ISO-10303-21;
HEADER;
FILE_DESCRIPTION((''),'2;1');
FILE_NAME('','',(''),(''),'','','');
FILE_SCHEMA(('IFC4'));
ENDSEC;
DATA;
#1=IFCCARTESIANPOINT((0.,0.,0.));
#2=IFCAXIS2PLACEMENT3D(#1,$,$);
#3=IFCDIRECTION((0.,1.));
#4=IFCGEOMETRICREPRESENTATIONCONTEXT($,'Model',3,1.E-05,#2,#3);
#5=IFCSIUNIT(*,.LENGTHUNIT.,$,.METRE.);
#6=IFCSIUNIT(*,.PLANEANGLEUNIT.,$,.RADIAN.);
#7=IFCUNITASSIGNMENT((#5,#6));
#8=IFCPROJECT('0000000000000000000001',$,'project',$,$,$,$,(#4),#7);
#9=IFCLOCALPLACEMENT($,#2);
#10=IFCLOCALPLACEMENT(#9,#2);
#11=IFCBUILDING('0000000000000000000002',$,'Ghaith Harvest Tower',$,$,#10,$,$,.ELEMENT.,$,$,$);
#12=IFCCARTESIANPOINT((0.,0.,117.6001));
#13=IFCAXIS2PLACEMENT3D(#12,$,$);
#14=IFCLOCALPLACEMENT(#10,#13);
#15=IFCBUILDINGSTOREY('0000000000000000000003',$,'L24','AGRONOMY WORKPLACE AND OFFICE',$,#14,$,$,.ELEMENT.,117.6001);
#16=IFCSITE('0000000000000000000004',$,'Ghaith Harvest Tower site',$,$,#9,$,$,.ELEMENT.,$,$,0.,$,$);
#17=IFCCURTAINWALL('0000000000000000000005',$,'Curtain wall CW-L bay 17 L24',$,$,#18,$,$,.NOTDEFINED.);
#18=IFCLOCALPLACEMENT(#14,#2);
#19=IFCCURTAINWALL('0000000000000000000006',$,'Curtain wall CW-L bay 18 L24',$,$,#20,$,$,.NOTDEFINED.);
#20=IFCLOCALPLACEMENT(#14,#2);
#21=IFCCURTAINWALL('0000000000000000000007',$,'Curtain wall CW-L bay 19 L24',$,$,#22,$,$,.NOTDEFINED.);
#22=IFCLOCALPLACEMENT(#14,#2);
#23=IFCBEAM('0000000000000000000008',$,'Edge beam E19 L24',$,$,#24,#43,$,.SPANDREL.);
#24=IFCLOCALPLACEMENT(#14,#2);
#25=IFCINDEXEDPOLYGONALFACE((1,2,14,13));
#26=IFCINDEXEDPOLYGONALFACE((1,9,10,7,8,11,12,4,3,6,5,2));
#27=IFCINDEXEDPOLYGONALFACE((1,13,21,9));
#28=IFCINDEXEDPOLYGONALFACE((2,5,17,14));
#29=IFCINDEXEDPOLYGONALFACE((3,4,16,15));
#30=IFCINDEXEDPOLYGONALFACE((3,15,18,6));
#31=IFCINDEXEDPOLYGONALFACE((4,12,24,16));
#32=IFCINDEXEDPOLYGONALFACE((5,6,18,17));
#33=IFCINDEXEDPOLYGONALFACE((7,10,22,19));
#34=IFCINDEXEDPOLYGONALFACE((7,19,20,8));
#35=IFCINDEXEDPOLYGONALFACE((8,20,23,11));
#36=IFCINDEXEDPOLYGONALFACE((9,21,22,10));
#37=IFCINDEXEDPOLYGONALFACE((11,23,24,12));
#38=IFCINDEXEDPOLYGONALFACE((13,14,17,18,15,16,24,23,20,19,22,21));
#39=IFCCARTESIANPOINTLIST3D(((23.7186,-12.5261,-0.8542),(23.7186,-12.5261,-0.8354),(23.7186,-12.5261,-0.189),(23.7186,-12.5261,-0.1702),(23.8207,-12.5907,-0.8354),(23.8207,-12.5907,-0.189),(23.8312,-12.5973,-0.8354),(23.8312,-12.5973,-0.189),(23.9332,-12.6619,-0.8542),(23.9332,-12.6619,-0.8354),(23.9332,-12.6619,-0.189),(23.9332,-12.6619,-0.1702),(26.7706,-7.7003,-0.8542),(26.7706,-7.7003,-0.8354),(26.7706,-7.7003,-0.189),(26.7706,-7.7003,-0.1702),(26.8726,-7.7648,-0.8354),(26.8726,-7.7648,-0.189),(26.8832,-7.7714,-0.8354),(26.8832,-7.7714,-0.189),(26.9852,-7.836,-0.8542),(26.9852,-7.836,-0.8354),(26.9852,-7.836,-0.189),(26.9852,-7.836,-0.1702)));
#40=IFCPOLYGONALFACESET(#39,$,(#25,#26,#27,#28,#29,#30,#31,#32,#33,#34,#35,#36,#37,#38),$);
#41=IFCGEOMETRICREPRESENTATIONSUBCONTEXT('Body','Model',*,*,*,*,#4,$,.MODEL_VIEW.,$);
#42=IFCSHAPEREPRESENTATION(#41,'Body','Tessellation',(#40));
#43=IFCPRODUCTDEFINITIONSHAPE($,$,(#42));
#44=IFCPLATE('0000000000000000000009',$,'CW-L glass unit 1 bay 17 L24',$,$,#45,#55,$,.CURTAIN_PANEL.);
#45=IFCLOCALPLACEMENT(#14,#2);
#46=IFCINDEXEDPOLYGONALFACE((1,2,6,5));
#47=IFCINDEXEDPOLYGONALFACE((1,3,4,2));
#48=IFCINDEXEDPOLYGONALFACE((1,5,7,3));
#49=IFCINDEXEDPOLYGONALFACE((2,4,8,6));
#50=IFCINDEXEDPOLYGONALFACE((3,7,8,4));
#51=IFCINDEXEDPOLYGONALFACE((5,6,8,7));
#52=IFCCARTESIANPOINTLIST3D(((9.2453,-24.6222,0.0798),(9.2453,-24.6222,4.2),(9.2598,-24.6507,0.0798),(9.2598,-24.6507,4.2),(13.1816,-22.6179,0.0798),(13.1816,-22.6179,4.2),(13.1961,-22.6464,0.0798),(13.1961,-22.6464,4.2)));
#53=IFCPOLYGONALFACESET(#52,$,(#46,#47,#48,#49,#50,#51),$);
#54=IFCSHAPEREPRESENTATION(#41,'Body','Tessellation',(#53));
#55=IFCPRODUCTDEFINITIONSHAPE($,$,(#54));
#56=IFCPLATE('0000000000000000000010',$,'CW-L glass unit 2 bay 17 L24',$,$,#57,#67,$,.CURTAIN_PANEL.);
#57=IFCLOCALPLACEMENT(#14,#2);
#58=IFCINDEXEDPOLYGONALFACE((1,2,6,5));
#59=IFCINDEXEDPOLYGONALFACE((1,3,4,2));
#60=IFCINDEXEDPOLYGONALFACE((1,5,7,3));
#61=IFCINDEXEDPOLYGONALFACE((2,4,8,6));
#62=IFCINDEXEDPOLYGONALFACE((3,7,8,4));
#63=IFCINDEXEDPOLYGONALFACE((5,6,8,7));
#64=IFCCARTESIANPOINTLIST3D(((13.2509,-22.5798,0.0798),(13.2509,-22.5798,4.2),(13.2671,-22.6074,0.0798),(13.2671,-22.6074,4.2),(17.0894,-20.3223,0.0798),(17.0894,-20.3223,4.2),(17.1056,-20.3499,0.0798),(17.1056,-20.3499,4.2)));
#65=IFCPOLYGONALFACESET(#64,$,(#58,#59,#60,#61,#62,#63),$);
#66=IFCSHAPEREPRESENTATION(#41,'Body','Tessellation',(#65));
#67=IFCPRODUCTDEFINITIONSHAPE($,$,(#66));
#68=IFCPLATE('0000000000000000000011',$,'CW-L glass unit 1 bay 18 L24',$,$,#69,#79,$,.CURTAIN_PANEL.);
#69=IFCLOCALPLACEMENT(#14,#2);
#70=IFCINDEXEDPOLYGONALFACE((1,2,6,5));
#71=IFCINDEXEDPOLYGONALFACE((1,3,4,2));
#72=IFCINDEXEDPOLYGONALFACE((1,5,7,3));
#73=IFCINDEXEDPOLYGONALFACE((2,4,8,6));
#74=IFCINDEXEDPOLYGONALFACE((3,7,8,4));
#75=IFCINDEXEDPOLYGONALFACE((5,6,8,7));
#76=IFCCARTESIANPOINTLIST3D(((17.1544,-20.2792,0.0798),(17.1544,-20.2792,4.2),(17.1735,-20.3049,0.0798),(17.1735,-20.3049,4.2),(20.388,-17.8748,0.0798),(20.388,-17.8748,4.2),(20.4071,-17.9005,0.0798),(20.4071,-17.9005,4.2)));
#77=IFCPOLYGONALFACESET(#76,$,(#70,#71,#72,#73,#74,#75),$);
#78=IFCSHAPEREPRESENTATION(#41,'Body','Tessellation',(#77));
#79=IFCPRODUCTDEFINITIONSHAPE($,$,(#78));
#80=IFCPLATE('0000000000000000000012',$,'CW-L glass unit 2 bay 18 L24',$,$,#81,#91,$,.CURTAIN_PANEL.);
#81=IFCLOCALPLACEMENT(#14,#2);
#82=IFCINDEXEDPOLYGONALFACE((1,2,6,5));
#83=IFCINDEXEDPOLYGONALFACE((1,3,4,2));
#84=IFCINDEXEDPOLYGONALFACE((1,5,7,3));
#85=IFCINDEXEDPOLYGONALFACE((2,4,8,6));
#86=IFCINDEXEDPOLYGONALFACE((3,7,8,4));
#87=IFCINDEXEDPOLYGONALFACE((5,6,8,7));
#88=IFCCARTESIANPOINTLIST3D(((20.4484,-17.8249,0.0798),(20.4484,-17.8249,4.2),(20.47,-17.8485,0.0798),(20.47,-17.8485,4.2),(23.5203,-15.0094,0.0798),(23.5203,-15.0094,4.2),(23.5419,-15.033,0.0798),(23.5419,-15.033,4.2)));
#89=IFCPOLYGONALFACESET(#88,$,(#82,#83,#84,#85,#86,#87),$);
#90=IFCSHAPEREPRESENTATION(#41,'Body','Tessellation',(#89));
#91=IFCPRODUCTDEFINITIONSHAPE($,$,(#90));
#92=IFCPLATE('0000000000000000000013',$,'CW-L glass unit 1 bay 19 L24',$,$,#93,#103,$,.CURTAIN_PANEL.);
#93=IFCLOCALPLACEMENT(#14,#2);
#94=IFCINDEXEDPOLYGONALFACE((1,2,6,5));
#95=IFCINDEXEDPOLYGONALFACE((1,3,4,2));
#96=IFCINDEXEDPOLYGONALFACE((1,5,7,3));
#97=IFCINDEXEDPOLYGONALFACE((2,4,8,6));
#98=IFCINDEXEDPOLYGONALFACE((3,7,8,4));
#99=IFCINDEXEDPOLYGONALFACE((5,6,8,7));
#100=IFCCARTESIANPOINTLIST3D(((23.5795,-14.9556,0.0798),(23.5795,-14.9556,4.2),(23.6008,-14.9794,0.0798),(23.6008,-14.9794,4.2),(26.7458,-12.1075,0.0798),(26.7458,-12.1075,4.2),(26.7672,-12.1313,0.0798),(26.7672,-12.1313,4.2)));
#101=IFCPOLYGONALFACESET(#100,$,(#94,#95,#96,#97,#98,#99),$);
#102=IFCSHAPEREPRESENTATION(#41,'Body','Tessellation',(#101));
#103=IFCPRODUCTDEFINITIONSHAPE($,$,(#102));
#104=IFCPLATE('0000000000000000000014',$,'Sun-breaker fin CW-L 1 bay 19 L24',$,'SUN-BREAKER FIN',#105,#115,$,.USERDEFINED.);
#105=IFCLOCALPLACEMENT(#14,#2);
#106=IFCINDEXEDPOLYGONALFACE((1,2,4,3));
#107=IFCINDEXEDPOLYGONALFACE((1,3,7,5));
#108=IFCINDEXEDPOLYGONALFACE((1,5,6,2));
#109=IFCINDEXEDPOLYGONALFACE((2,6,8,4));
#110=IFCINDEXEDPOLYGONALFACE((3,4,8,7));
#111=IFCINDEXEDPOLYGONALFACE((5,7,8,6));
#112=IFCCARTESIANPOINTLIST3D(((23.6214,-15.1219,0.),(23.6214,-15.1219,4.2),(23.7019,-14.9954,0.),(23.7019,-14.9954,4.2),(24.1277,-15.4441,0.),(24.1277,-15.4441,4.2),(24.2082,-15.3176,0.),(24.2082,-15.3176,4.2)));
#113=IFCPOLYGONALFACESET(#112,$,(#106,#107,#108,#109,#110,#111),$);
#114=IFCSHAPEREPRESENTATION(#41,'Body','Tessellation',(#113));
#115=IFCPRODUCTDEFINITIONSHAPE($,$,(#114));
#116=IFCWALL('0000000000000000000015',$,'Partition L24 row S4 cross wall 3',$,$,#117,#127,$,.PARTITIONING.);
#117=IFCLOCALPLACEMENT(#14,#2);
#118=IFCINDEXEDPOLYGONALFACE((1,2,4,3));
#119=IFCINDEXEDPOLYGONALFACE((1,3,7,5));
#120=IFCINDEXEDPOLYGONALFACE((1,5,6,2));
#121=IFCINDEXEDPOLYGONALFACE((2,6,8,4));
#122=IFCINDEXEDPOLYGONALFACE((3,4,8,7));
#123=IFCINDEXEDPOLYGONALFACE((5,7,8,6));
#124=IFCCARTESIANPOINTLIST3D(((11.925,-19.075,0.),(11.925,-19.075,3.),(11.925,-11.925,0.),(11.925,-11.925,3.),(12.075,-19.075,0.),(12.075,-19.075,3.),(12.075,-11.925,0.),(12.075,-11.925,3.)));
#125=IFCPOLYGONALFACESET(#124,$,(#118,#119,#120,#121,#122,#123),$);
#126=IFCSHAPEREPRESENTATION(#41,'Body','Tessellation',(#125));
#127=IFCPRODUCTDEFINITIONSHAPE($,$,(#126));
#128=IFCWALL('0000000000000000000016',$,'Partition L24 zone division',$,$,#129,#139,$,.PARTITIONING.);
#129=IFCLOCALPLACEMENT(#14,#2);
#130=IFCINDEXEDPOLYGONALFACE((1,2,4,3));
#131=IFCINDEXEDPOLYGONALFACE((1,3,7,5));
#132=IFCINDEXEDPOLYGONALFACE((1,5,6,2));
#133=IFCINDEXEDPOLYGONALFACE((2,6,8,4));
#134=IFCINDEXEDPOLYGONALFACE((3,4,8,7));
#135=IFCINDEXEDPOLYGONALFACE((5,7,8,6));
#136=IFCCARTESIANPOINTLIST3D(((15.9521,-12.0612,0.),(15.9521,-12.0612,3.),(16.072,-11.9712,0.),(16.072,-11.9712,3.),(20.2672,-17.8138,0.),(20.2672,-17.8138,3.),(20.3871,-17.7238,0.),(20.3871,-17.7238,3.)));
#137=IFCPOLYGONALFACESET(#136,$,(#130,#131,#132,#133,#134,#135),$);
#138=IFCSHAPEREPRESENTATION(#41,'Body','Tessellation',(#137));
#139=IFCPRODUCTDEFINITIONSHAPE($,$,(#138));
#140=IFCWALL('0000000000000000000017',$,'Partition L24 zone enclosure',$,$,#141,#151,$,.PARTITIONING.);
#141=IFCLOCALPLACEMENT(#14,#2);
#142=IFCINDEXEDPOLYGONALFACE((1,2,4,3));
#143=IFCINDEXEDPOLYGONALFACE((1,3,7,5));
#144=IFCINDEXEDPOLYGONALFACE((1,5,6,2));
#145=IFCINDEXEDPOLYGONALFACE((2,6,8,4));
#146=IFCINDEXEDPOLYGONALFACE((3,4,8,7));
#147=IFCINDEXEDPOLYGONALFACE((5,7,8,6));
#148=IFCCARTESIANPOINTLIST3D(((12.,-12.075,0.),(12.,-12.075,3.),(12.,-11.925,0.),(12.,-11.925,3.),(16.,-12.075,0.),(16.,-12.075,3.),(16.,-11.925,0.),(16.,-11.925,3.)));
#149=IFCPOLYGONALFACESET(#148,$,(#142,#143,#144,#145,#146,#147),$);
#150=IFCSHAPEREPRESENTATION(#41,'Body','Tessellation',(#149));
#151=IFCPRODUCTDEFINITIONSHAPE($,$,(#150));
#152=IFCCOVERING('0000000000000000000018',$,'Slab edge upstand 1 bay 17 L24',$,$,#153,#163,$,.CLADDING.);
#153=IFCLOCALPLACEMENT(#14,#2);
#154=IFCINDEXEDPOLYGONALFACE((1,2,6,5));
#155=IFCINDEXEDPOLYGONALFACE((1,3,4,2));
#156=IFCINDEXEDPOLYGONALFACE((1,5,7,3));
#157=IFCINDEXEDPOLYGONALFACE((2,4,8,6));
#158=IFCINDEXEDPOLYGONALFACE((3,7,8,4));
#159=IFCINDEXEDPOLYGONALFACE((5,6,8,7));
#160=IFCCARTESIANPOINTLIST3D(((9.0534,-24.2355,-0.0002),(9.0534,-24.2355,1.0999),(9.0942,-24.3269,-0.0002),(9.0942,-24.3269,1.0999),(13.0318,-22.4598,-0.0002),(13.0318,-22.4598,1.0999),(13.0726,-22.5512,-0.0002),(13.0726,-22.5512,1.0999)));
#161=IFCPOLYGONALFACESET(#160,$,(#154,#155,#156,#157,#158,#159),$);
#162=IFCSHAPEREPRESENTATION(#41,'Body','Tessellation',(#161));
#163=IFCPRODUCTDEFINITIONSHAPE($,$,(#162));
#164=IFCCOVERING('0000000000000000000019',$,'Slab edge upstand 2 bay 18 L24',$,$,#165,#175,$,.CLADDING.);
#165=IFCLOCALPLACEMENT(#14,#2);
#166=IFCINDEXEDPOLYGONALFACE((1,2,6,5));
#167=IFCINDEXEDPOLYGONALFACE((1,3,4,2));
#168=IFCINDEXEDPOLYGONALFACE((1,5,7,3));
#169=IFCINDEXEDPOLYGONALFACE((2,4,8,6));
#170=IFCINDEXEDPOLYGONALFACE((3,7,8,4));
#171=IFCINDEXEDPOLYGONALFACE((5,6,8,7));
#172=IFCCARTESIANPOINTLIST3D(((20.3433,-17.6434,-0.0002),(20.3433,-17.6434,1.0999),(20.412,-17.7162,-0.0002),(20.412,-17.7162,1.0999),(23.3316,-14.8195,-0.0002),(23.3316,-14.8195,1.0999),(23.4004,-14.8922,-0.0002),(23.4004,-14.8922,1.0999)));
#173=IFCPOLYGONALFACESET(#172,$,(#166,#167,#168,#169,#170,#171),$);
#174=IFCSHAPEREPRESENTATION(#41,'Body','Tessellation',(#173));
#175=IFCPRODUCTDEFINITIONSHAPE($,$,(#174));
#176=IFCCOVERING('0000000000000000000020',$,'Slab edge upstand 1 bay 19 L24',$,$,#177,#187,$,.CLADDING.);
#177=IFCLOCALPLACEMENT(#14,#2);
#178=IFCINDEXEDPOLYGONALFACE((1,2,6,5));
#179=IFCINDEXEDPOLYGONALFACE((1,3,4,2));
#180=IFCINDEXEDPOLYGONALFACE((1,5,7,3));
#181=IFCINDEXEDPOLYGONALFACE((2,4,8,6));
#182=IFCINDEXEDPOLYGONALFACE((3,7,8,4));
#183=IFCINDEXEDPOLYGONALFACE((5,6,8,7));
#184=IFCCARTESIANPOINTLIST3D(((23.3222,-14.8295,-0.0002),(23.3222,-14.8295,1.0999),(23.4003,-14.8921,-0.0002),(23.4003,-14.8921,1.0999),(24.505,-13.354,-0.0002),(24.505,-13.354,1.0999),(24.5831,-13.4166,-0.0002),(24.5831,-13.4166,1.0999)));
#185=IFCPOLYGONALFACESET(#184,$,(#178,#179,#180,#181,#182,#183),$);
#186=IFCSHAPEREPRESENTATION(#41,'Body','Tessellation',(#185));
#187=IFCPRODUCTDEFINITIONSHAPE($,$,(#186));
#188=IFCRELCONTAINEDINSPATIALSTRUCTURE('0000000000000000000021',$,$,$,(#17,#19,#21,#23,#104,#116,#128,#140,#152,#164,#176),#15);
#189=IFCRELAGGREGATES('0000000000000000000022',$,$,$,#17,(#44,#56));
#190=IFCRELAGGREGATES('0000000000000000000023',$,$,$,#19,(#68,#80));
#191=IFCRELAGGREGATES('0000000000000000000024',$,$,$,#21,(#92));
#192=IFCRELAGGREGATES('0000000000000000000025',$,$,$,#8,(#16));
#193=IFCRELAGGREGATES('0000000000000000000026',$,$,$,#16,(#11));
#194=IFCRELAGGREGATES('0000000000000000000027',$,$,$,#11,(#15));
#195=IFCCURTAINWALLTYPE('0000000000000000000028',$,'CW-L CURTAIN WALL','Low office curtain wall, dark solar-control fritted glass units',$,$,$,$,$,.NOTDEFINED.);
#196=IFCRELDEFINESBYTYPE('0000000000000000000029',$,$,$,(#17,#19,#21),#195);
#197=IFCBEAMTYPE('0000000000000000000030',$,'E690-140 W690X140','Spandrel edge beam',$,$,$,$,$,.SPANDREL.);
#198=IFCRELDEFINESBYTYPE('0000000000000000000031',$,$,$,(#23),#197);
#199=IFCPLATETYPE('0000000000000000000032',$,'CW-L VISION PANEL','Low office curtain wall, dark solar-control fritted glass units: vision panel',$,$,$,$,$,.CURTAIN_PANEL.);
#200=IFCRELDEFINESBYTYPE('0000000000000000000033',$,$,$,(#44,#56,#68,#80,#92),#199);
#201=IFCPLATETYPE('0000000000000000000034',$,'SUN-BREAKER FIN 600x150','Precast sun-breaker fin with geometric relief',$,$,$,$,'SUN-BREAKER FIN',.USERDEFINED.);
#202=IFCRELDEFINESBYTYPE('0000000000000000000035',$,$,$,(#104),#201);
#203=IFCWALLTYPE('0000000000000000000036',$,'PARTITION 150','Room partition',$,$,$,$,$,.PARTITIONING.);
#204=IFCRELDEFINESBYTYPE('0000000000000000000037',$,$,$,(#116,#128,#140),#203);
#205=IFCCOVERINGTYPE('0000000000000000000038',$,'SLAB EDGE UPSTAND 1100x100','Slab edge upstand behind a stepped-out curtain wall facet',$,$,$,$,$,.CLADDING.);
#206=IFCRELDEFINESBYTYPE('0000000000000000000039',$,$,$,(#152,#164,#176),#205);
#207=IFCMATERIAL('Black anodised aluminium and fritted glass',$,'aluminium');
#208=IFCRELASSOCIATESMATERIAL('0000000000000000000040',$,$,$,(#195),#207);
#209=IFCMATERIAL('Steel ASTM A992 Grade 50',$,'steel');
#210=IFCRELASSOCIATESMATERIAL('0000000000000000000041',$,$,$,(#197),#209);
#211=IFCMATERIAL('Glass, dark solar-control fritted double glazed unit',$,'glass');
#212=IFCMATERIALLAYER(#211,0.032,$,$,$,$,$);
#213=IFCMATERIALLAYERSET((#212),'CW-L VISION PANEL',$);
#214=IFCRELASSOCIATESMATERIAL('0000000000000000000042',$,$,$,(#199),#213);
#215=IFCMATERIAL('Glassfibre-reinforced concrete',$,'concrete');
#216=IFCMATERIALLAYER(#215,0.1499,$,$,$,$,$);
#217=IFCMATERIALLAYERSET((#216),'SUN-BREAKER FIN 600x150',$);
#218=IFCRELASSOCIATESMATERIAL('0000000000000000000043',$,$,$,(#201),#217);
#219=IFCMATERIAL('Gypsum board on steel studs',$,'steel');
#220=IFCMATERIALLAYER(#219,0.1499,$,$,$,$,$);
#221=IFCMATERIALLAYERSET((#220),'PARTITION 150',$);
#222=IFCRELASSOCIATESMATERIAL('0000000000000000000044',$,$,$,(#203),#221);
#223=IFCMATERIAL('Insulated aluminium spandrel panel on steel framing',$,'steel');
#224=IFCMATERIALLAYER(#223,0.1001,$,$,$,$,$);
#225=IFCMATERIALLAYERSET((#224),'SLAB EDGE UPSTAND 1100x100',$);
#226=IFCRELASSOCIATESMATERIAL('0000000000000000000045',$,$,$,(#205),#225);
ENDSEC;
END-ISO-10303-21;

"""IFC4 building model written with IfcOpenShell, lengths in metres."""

from ifc_helpers import new_model, si_unit, direction, frame, frame_2d, origin, origin_2d, place, context, subcontext, project, spatial, rectangle, i_section, extrude, material, layer, layer_set, material_profile, profile_set, type_object, element, aggregate, save


model = new_model("IFC4")

# Units and contexts
model_context = context("Model", 3, precision=1e-05, world=origin(), true_north=direction((0.0, 1.0)))
body_context = subcontext(model_context, "Body", "Model", "MODEL_VIEW")
ifc_project = project(units=[si_unit("LENGTHUNIT", "METRE"), si_unit("PLANEANGLEUNIT", "RADIAN")], contexts=[model_context])

# Site, building, storey
site_placement = place(None, origin())
site = spatial("IfcSite", under=ifc_project, at=site_placement, Name="Ghaith Harvest Tower site", CompositionType="ELEMENT", RefElevation=0.0)
building_placement = place(site_placement, origin())
building = spatial("IfcBuilding", under=site, at=building_placement, Name="Ghaith Harvest Tower", CompositionType="ELEMENT")
storey_placement = place(building_placement, frame((0.0, 0.0, 117.6001)))
storey = spatial("IfcBuildingStorey", under=building, at=storey_placement, Name="L24", Description="AGRONOMY WORKPLACE AND OFFICE", CompositionType="ELEMENT", Elevation=117.6001)

# Curtain wall
ifc_material_1 = material(Name="Black anodised aluminium and fritted glass", Category="aluminium")
curtain_wall_type = type_object("IfcCurtainWallType", Name="CW-L CURTAIN WALL", Description="Low office curtain wall, dark solar-control fritted glass units", PredefinedType="NOTDEFINED", material=ifc_material_1)
curtain_wall_1_placement = place(storey_placement, origin())
curtain_wall_1 = element("IfcCurtainWall", 1, at=curtain_wall_1_placement, inside=storey, type_object=curtain_wall_type, Name="Curtain wall CW-L bay 17 L24", PredefinedType="NOTDEFINED")

# Curtain walls
curtain_wall_2_placement = place(storey_placement, origin())
curtain_wall_2 = element("IfcCurtainWall", 2, at=curtain_wall_2_placement, inside=storey, type_object=curtain_wall_type, Name="Curtain wall CW-L bay 18 L24", PredefinedType="NOTDEFINED")
curtain_wall_3_placement = place(storey_placement, origin())
curtain_wall_3 = element("IfcCurtainWall", 3, at=curtain_wall_3_placement, inside=storey, type_object=curtain_wall_type, Name="Curtain wall CW-L bay 19 L24", PredefinedType="NOTDEFINED")

# Beam
ifc_material_2 = material(Name="Steel ASTM A992 Grade 50", Category="steel")
ifc_material_profile_1 = material_profile(ifc_material_2, i_section(OverallWidth=0.2539, OverallDepth=0.6841, WebThickness=0.0125, FlangeThickness=0.0188, at=origin_2d()), Name="W690X140")
ifc_profile_set_1 = profile_set([ifc_material_profile_1], Name="Steel ASTM A992 Grade 50")
beam_type = type_object("IfcBeamType", Name="E690-140 W690X140", Description="Spandrel edge beam", PredefinedType="SPANDREL", material=ifc_profile_set_1)
beam_1_placement = place(storey_placement, frame((23.8259, -12.594, -0.5122), z_axis=(0.5345, 0.845169, 0.0), x_axis=(-0.845169, 0.5345, 0.0)))
element("IfcBeam", 4, at=beam_1_placement, inside=storey, type_object=beam_type, Name="Edge beam E19 L24", PredefinedType="SPANDREL", context=body_context, shape_type="SweptSolid", body=[
    extrude(i_section(OverallWidth=0.2539, OverallDepth=0.6841, WebThickness=0.0125, FlangeThickness=0.0188, at=origin_2d()), origin(), (0.0, 0.0, 1.0), 5.71),
])

# Plates
ifc_material_3 = material(Name="Glass, dark solar-control fritted double glazed unit", Category="glass")
ifc_layer_1 = layer(ifc_material_3, 0.032)
ifc_layer_set_1 = layer_set([ifc_layer_1], Name="CW-L VISION PANEL")
plate_type_1 = type_object("IfcPlateType", Name="CW-L VISION PANEL", Description="Low office curtain wall, dark solar-control fritted glass units: vision panel", PredefinedType="CURTAIN_PANEL", material=ifc_layer_set_1)
plate_1_placement = place(storey_placement, frame((11.2207, -23.6343, 0.0798), z_axis=(0.0, 0.0, 1.0), x_axis=(0.891127, 0.453754, 0.0)))
plate_1 = element("IfcPlate", 5, at=plate_1_placement, type_object=plate_type_1, Name="CW-L glass unit 1 bay 17 L24", PredefinedType="CURTAIN_PANEL", context=body_context, shape_type="SweptSolid", body=[
    extrude(rectangle(XDim=4.4172, YDim=0.032, at=origin_2d()), origin(), (0.0, 0.0, 1.0), 4.1201),
])
plate_2_placement = place(storey_placement, frame((15.1782, -21.4648, 0.0798), z_axis=(0.0, 0.0, 1.0), x_axis=(0.861979, 0.506943, 0.0)))
plate_2 = element("IfcPlate", 6, at=plate_2_placement, type_object=plate_type_1, Name="CW-L glass unit 2 bay 17 L24", PredefinedType="CURTAIN_PANEL", context=body_context, shape_type="SweptSolid", body=[
    extrude(rectangle(XDim=4.4531, YDim=0.032, at=origin_2d()), origin(), (0.0, 0.0, 1.0), 4.1201),
])
aggregate(curtain_wall_1, [plate_1, plate_2])
plate_3_placement = place(storey_placement, frame((18.7808, -19.0898, 0.0798), z_axis=(0.0, 0.0, 1.0), x_axis=(0.802462, 0.596703, 0.0)))
plate_3 = element("IfcPlate", 7, at=plate_3_placement, type_object=plate_type_1, Name="CW-L glass unit 1 bay 18 L24", PredefinedType="CURTAIN_PANEL", context=body_context, shape_type="SweptSolid", body=[
    extrude(rectangle(XDim=4.0295, YDim=0.032, at=origin_2d()), origin(), (0.0, 0.0, 1.0), 4.1201),
])
plate_4_placement = place(storey_placement, frame((21.9951, -16.429, 0.0798), z_axis=(0.0, 0.0, 1.0), x_axis=(0.737202, 0.675673, 0.0)))
plate_4 = element("IfcPlate", 8, at=plate_4_placement, type_object=plate_type_1, Name="CW-L glass unit 2 bay 18 L24", PredefinedType="CURTAIN_PANEL", context=body_context, shape_type="SweptSolid", body=[
    extrude(rectangle(XDim=4.167, YDim=0.032, at=origin_2d()), origin(), (0.0, 0.0, 1.0), 4.1201),
])
aggregate(curtain_wall_2, [plate_3, plate_4])
plate_5_placement = place(storey_placement, frame((25.1733, -13.5435, 0.0798), z_axis=(0.0, 0.0, 1.0), x_axis=(0.743493, 0.668744, 0.0)))
plate_5 = element("IfcPlate", 9, at=plate_5_placement, type_object=plate_type_1, Name="CW-L glass unit 1 bay 19 L24", PredefinedType="CURTAIN_PANEL", context=body_context, shape_type="SweptSolid", body=[
    extrude(rectangle(XDim=4.2588, YDim=0.032, at=origin_2d()), origin(), (0.0, 0.0, 1.0), 4.1201),
])
aggregate(curtain_wall_3, [plate_5])
ifc_material_4 = material(Name="Glassfibre-reinforced concrete", Category="concrete")
ifc_layer_2 = layer(ifc_material_4, 0.1499)
ifc_layer_set_2 = layer_set([ifc_layer_2], Name="SUN-BREAKER FIN 600x150")
plate_type_2 = type_object("IfcPlateType", Name="SUN-BREAKER FIN 600x150", Description="Precast sun-breaker fin with geometric relief", ElementType="SUN-BREAKER FIN", PredefinedType="USERDEFINED", material=ifc_layer_set_2)
plate_6_placement = place(storey_placement, frame((23.9148, -15.2197, 0.0), z_axis=(0.0, 0.0, 1.0), x_axis=(0.843644, -0.536903, 0.0)))
element("IfcPlate", 10, at=plate_6_placement, inside=storey, type_object=plate_type_2, Name="Sun-breaker fin CW-L 1 bay 19 L24", ObjectType="SUN-BREAKER FIN", PredefinedType="USERDEFINED", context=body_context, shape_type="SweptSolid", body=[
    extrude(rectangle(XDim=0.6001, YDim=0.1499, at=origin_2d()), origin(), (0.0, 0.0, 1.0), 4.2),
])

# Walls
ifc_material_5 = material(Name="Gypsum board on steel studs", Category="steel")
ifc_layer_3 = layer(ifc_material_5, 0.1499)
ifc_layer_set_3 = layer_set([ifc_layer_3], Name="PARTITION 150")
wall_type = type_object("IfcWallType", Name="PARTITION 150", Description="Room partition", PredefinedType="PARTITIONING", material=ifc_layer_set_3)
wall_1_placement = place(storey_placement, frame((12.0, -11.925, 0.0), z_axis=(0.0, 0.0, 1.0), x_axis=(0.0, -1.0, 0.0)))
element("IfcWall", 11, at=wall_1_placement, inside=storey, type_object=wall_type, Name="Partition L24 row S4 cross wall 3", PredefinedType="PARTITIONING", context=body_context, shape_type="SweptSolid", body=[
    extrude(rectangle(XDim=7.1499, YDim=0.1499, at=frame_2d((3.575, 0.0))), origin(), (0.0, 0.0, 1.0), 3.0),
])
wall_2_placement = place(storey_placement, frame((16.012, -12.0161, 0.0), z_axis=(0.0, 0.0, 1.0), x_axis=(0.60006, -0.799955, 0.0)))
element("IfcWall", 12, at=wall_2_placement, inside=storey, type_object=wall_type, Name="Partition L24 zone division", PredefinedType="PARTITIONING", context=body_context, shape_type="SweptSolid", body=[
    extrude(rectangle(XDim=7.1912, YDim=0.1499, at=frame_2d((3.5957, 0.0))), origin(), (0.0, 0.0, 1.0), 3.0),
])
wall_3_placement = place(storey_placement, frame((12.0, -12.0, 0.0), z_axis=(0.0, 0.0, 1.0), x_axis=(1.0, 0.0, 0.0)))
element("IfcWall", 13, at=wall_3_placement, inside=storey, type_object=wall_type, Name="Partition L24 zone enclosure", PredefinedType="PARTITIONING", context=body_context, shape_type="SweptSolid", body=[
    extrude(rectangle(XDim=4.0, YDim=0.1499, at=frame_2d((2.0, 0.0))), origin(), (0.0, 0.0, 1.0), 3.0),
])

# Coverings
ifc_material_6 = material(Name="Insulated aluminium spandrel panel on steel framing", Category="steel")
ifc_layer_4 = layer(ifc_material_6, 0.1001)
ifc_layer_set_4 = layer_set([ifc_layer_4], Name="SLAB EDGE UPSTAND 1100x100")
covering_type = type_object("IfcCoveringType", Name="SLAB EDGE UPSTAND 1100x100", Description="Slab edge upstand behind a stepped-out curtain wall facet", PredefinedType="CLADDING", material=ifc_layer_set_4)
covering_1_placement = place(storey_placement, frame((11.063, -23.3933, -0.0002), z_axis=(0.0, 0.0, 1.0), x_axis=(0.91317, 0.407578, 0.0)))
element("IfcCovering", 14, at=covering_1_placement, inside=storey, type_object=covering_type, Name="Slab edge upstand 1 bay 17 L24", PredefinedType="CLADDING", context=body_context, shape_type="SweptSolid", body=[
    extrude(rectangle(XDim=4.3567, YDim=0.1001, at=origin_2d()), origin(), (0.0, 0.0, 1.0), 1.1001),
])
covering_2_placement = place(storey_placement, frame((21.8718, -16.2678, -0.0002), z_axis=(0.0, 0.0, 1.0), x_axis=(0.72681, 0.686839, 0.0)))
element("IfcCovering", 15, at=covering_2_placement, inside=storey, type_object=covering_type, Name="Slab edge upstand 2 bay 18 L24", PredefinedType="CLADDING", context=body_context, shape_type="SweptSolid", body=[
    extrude(rectangle(XDim=4.1116, YDim=0.1001, at=origin_2d()), origin(), (0.0, 0.0, 1.0), 1.1001),
])
covering_3_placement = place(storey_placement, frame((23.9526, -14.123, -0.0002), z_axis=(0.0, 0.0, 1.0), x_axis=(0.625468, 0.78025, 0.0)))
element("IfcCovering", 16, at=covering_3_placement, inside=storey, type_object=covering_type, Name="Slab edge upstand 1 bay 19 L24", PredefinedType="CLADDING", context=body_context, shape_type="SweptSolid", body=[
    extrude(rectangle(XDim=1.8911, YDim=0.1001, at=origin_2d()), origin(), (0.0, 0.0, 1.0), 1.1001),
])

save(model, "model.ifc")
